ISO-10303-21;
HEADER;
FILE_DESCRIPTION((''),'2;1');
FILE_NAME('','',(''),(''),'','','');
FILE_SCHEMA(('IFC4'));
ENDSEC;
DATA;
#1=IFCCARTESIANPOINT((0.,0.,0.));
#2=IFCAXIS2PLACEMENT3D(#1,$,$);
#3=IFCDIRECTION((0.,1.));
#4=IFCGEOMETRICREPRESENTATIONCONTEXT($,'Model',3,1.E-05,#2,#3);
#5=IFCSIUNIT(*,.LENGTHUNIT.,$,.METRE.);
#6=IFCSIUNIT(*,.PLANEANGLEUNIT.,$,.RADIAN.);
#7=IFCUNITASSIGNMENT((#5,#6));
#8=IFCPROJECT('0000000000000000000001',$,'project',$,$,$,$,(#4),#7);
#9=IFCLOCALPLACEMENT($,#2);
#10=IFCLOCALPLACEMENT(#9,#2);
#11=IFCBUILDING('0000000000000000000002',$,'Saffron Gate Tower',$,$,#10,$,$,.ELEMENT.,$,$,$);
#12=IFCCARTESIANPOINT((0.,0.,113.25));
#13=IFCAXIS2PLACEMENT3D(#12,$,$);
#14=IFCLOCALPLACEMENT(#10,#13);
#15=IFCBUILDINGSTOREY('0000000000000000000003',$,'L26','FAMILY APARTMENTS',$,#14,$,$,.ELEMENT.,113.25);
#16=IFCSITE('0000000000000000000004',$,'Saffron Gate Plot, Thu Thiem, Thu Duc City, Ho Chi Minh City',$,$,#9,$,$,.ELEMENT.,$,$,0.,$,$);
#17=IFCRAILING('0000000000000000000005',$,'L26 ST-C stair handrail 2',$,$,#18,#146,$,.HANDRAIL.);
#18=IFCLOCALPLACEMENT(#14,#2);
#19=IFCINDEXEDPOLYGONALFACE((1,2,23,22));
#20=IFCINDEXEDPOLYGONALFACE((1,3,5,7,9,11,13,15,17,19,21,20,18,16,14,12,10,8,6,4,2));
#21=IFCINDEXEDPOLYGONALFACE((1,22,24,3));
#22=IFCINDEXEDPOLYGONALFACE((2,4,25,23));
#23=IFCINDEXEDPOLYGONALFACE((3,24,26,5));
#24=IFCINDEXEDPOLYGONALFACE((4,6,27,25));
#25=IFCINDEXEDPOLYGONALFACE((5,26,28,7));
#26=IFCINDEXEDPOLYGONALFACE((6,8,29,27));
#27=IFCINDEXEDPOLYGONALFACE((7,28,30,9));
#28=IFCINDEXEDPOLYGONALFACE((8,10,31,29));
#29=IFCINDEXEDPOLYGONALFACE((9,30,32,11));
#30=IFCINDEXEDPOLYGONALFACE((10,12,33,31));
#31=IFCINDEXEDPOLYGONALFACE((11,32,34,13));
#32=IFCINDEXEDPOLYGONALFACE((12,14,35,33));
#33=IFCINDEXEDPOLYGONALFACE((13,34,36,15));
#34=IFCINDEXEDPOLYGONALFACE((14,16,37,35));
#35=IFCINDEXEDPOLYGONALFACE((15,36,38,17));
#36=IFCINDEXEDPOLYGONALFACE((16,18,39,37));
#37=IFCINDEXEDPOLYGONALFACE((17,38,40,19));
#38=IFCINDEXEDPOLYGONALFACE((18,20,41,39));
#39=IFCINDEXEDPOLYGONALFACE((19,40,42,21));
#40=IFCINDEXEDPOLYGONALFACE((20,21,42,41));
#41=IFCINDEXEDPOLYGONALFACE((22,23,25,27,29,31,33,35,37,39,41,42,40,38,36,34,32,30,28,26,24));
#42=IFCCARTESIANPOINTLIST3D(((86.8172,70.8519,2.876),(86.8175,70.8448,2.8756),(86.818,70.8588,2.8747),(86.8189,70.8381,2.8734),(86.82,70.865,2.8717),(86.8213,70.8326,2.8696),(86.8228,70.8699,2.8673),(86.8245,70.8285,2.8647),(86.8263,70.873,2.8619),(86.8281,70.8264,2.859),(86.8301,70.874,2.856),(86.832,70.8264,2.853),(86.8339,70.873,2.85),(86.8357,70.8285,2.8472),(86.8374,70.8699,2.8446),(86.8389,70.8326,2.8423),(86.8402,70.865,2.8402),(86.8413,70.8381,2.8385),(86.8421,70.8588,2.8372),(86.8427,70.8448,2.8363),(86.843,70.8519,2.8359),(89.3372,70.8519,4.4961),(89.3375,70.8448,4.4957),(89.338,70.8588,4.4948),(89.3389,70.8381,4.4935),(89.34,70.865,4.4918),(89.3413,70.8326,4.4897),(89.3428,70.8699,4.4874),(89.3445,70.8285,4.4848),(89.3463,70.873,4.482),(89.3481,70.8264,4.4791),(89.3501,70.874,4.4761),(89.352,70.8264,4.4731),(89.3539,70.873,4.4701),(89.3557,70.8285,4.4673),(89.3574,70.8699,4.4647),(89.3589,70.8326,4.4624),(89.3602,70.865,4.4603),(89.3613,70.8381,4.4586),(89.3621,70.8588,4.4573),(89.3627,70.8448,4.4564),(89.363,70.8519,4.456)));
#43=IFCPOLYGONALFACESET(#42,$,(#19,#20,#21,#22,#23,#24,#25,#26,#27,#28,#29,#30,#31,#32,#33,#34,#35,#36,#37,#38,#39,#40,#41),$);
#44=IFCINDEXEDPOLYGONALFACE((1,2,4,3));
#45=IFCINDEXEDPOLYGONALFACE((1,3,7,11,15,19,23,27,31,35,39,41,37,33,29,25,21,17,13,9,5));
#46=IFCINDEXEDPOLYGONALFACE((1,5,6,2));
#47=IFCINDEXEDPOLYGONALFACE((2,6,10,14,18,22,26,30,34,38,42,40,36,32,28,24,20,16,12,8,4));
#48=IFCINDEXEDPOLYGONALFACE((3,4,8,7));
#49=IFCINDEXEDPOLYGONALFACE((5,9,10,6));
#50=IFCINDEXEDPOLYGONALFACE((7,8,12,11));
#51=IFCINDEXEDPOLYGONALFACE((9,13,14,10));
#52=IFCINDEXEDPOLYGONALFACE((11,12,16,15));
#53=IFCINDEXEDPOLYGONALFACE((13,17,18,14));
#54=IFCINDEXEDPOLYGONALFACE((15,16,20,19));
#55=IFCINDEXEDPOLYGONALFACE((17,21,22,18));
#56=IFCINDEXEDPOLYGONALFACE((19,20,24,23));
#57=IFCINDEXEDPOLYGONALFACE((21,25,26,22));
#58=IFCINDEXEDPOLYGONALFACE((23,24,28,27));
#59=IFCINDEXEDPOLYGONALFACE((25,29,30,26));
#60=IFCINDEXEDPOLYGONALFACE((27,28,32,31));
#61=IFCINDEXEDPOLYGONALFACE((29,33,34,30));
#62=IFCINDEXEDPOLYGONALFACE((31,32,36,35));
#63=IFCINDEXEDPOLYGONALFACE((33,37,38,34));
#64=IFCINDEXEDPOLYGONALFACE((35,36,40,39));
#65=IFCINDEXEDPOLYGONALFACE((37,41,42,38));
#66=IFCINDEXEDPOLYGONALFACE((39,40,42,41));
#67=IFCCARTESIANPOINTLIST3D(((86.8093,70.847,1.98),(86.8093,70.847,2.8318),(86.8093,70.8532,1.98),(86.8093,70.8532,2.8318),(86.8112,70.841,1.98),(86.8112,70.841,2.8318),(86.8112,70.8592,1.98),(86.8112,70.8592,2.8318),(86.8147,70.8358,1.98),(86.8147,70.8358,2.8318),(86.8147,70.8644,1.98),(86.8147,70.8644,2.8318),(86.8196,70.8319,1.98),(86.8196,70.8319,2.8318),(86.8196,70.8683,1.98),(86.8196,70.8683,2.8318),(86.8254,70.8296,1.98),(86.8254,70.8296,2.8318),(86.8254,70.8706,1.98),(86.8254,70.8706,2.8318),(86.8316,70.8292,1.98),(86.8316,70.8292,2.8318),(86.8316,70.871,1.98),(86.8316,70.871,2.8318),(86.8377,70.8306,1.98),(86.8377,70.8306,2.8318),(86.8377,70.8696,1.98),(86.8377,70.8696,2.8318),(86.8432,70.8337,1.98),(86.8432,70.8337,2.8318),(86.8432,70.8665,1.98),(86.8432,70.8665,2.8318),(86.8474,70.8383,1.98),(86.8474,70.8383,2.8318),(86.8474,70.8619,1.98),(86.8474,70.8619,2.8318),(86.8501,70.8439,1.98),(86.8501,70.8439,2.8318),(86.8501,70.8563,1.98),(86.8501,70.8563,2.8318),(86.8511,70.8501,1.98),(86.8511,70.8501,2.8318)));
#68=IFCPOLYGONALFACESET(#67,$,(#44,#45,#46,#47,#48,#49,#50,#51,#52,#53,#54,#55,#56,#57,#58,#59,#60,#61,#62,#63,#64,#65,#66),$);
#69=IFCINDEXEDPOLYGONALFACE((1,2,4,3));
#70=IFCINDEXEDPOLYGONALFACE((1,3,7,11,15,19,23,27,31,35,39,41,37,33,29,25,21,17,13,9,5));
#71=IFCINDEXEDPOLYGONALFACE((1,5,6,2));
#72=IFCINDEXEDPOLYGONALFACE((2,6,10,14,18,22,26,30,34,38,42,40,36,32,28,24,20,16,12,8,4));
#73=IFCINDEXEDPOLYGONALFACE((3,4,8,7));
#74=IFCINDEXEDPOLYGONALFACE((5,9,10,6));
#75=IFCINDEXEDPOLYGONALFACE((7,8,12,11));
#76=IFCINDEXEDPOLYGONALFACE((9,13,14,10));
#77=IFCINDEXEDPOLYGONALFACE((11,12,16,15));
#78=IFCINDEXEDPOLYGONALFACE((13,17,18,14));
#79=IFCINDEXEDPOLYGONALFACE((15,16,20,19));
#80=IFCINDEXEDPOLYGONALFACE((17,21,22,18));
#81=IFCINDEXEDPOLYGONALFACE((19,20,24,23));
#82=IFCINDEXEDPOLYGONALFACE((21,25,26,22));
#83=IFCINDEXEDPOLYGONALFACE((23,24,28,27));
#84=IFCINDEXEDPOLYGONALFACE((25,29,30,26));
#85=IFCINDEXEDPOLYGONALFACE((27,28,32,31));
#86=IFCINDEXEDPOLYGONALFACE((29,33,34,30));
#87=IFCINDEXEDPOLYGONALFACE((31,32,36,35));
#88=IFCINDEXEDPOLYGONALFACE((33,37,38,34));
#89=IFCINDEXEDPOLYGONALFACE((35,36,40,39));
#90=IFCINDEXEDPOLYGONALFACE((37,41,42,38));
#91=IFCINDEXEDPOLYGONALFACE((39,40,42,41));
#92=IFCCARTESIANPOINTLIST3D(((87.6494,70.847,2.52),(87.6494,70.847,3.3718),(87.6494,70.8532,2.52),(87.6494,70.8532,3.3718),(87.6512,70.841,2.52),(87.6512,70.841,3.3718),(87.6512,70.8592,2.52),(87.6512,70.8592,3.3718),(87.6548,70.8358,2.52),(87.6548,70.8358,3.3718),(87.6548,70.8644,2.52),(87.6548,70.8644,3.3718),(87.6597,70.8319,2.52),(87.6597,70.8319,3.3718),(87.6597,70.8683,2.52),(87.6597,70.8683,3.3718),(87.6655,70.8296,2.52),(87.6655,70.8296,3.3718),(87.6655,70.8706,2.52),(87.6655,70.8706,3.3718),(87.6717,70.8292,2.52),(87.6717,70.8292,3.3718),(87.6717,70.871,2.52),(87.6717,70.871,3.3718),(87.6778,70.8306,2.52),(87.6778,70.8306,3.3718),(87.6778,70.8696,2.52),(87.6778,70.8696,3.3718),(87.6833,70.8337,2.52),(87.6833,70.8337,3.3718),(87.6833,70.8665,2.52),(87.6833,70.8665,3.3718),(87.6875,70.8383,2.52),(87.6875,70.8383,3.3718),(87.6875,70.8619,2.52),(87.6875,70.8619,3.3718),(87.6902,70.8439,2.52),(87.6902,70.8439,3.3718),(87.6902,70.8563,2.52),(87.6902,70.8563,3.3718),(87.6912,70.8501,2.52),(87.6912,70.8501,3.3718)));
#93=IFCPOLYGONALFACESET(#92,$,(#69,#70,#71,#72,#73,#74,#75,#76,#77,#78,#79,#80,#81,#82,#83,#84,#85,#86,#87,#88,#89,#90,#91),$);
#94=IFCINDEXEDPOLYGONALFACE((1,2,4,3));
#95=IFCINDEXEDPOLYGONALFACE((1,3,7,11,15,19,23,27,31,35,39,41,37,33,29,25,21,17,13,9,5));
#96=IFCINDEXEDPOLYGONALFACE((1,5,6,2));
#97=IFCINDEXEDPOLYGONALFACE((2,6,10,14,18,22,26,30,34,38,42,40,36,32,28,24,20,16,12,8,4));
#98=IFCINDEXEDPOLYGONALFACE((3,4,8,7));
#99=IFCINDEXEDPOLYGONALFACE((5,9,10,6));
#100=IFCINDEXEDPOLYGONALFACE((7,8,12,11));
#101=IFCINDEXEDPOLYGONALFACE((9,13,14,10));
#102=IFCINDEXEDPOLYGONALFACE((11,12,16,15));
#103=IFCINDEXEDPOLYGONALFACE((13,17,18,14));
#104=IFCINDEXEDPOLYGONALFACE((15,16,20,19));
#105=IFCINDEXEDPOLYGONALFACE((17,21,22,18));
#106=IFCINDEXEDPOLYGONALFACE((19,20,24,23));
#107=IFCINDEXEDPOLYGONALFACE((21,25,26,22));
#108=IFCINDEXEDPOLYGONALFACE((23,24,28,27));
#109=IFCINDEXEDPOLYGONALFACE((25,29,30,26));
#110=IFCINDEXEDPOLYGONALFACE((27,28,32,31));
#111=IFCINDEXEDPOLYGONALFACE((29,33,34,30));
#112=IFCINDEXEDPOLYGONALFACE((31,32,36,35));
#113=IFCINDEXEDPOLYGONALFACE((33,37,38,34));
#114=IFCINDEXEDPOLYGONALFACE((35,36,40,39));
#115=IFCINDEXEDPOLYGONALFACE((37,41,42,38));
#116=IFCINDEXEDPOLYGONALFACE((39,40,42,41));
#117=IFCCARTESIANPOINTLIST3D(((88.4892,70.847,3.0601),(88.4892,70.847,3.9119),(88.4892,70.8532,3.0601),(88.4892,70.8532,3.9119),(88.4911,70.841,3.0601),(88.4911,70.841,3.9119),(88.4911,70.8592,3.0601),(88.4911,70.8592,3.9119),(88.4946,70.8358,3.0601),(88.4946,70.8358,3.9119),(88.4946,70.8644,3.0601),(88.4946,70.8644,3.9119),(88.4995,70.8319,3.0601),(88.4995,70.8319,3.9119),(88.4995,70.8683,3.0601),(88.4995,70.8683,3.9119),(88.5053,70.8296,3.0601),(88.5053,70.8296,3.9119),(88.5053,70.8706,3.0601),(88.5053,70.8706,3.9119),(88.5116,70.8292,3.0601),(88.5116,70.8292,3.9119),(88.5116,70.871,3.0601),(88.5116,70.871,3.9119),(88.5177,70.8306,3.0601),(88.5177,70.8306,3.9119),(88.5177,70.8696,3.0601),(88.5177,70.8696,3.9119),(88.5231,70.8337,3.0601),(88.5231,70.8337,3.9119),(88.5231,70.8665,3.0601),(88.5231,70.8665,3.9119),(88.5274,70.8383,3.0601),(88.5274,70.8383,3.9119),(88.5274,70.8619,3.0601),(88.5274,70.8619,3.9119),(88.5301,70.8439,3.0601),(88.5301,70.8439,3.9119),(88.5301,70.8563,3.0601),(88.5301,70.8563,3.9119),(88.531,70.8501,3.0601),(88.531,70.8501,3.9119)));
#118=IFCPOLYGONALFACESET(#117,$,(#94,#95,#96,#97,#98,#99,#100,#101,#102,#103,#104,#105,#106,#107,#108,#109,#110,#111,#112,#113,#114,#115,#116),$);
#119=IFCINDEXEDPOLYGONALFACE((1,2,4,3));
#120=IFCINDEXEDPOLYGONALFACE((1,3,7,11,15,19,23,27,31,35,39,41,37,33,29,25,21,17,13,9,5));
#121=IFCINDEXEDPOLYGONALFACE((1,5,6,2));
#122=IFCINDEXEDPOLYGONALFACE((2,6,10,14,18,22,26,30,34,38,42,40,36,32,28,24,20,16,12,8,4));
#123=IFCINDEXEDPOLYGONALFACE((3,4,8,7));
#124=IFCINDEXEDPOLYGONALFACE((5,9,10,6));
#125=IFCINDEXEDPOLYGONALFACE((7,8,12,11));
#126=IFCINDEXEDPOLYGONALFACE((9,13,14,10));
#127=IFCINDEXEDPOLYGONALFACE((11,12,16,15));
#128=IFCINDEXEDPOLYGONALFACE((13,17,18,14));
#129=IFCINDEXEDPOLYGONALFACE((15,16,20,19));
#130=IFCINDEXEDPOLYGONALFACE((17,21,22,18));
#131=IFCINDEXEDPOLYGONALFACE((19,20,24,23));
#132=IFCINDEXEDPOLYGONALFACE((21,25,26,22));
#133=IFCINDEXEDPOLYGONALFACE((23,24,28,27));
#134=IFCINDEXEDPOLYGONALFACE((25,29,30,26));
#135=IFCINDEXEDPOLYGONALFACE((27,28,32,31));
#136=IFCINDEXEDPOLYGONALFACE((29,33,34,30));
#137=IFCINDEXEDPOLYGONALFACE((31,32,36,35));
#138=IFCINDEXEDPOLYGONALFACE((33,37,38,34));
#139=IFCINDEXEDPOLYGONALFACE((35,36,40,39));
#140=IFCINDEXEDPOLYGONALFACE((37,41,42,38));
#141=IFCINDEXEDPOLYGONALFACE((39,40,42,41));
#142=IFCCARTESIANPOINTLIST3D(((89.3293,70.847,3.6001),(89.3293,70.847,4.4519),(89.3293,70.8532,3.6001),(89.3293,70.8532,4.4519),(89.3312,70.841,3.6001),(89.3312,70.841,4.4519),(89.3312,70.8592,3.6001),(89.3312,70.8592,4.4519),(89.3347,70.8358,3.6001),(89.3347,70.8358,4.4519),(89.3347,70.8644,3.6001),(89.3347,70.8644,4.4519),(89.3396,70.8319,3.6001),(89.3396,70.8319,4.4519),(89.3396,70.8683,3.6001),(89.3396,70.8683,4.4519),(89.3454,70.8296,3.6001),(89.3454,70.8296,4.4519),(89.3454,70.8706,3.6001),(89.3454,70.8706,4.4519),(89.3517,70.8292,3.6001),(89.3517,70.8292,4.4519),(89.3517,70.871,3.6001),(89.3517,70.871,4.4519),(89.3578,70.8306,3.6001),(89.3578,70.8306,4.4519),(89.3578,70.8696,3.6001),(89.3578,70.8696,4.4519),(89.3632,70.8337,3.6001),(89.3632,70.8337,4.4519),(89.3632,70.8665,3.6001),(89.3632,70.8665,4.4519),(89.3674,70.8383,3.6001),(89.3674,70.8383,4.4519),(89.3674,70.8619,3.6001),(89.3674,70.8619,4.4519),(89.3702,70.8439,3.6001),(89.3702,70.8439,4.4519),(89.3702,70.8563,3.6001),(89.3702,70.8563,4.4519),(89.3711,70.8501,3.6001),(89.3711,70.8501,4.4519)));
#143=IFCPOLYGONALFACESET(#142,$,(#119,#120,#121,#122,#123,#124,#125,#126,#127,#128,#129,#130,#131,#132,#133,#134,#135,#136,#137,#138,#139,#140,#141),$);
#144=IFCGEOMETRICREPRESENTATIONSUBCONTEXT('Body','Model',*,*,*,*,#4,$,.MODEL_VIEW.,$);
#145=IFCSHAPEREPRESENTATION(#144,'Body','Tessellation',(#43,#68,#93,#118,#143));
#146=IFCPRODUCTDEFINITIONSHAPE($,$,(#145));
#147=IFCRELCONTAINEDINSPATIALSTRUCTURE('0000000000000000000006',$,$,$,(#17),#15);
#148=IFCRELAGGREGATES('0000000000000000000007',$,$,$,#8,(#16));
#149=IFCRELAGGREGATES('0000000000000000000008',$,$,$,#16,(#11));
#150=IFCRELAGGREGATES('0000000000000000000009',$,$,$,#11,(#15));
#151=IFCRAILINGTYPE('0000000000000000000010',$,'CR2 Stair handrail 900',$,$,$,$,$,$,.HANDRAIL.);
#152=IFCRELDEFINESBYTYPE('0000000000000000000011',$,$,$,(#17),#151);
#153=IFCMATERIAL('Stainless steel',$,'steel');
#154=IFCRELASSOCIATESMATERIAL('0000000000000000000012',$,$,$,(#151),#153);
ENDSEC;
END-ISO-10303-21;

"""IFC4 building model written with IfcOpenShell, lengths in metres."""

from ifc_helpers import new_model, si_unit, direction, frame, origin, origin_2d, place, context, subcontext, project, spatial, circle, extrude, material, type_object, element, save


model = new_model("IFC4")

# Units and contexts
model_context = context("Model", 3, precision=1e-05, world=origin(), true_north=direction((0.0, 1.0)))
body_context = subcontext(model_context, "Body", "Model", "MODEL_VIEW")
ifc_project = project(units=[si_unit("LENGTHUNIT", "METRE"), si_unit("PLANEANGLEUNIT", "RADIAN")], contexts=[model_context])

# Site, building, storey
site_placement = place(None, origin())
site = spatial("IfcSite", under=ifc_project, at=site_placement, Name="Saffron Gate Plot, Thu Thiem, Thu Duc City, Ho Chi Minh City", CompositionType="ELEMENT", RefElevation=0.0)
building_placement = place(site_placement, origin())
building = spatial("IfcBuilding", under=site, at=building_placement, Name="Saffron Gate Tower", CompositionType="ELEMENT")
storey_placement = place(building_placement, frame((0.0, 0.0, 113.25)))
storey = spatial("IfcBuildingStorey", under=building, at=storey_placement, Name="L26", Description="FAMILY APARTMENTS", CompositionType="ELEMENT", Elevation=113.25)

# Railing
ifc_material_1 = material(Name="Stainless steel", Category="steel")
railing_type_1 = type_object("IfcRailingType", Name="CR2 Stair handrail 900", PredefinedType="HANDRAIL", material=ifc_material_1)
railing_1_placement = place(storey_placement, frame((86.8301, 70.8501, 1.98)))
element("IfcRailing", 1, at=railing_1_placement, inside=storey, type_object=railing_type_1, Name="L26 ST-C stair handrail 2", PredefinedType="HANDRAIL", context=body_context, shape_type="SweptSolid", body=[
    extrude(circle(Radius=0.0239, at=origin_2d()), frame((0.0, 0.0, 0.876), z_axis=(0.841163, 0.0, 0.540782), x_axis=(0.0, 1.0, 0.0)), (0.0, 0.0, 1.0), 2.9958),
    extrude(circle(Radius=0.021, at=origin_2d()), origin(), (0.0, 0.0, 1.0), 0.8518),
    extrude(circle(Radius=0.021, at=origin_2d()), frame((0.8401, 0.0, 0.54)), (0.0, 0.0, 1.0), 0.8518),
    extrude(circle(Radius=0.021, at=origin_2d()), frame((1.6799, 0.0, 1.0801)), (0.0, 0.0, 1.0), 0.8518),
    extrude(circle(Radius=0.021, at=origin_2d()), frame((2.52, 0.0, 1.6201)), (0.0, 0.0, 1.0), 0.8518),
])

save(model, "model.ifc")
